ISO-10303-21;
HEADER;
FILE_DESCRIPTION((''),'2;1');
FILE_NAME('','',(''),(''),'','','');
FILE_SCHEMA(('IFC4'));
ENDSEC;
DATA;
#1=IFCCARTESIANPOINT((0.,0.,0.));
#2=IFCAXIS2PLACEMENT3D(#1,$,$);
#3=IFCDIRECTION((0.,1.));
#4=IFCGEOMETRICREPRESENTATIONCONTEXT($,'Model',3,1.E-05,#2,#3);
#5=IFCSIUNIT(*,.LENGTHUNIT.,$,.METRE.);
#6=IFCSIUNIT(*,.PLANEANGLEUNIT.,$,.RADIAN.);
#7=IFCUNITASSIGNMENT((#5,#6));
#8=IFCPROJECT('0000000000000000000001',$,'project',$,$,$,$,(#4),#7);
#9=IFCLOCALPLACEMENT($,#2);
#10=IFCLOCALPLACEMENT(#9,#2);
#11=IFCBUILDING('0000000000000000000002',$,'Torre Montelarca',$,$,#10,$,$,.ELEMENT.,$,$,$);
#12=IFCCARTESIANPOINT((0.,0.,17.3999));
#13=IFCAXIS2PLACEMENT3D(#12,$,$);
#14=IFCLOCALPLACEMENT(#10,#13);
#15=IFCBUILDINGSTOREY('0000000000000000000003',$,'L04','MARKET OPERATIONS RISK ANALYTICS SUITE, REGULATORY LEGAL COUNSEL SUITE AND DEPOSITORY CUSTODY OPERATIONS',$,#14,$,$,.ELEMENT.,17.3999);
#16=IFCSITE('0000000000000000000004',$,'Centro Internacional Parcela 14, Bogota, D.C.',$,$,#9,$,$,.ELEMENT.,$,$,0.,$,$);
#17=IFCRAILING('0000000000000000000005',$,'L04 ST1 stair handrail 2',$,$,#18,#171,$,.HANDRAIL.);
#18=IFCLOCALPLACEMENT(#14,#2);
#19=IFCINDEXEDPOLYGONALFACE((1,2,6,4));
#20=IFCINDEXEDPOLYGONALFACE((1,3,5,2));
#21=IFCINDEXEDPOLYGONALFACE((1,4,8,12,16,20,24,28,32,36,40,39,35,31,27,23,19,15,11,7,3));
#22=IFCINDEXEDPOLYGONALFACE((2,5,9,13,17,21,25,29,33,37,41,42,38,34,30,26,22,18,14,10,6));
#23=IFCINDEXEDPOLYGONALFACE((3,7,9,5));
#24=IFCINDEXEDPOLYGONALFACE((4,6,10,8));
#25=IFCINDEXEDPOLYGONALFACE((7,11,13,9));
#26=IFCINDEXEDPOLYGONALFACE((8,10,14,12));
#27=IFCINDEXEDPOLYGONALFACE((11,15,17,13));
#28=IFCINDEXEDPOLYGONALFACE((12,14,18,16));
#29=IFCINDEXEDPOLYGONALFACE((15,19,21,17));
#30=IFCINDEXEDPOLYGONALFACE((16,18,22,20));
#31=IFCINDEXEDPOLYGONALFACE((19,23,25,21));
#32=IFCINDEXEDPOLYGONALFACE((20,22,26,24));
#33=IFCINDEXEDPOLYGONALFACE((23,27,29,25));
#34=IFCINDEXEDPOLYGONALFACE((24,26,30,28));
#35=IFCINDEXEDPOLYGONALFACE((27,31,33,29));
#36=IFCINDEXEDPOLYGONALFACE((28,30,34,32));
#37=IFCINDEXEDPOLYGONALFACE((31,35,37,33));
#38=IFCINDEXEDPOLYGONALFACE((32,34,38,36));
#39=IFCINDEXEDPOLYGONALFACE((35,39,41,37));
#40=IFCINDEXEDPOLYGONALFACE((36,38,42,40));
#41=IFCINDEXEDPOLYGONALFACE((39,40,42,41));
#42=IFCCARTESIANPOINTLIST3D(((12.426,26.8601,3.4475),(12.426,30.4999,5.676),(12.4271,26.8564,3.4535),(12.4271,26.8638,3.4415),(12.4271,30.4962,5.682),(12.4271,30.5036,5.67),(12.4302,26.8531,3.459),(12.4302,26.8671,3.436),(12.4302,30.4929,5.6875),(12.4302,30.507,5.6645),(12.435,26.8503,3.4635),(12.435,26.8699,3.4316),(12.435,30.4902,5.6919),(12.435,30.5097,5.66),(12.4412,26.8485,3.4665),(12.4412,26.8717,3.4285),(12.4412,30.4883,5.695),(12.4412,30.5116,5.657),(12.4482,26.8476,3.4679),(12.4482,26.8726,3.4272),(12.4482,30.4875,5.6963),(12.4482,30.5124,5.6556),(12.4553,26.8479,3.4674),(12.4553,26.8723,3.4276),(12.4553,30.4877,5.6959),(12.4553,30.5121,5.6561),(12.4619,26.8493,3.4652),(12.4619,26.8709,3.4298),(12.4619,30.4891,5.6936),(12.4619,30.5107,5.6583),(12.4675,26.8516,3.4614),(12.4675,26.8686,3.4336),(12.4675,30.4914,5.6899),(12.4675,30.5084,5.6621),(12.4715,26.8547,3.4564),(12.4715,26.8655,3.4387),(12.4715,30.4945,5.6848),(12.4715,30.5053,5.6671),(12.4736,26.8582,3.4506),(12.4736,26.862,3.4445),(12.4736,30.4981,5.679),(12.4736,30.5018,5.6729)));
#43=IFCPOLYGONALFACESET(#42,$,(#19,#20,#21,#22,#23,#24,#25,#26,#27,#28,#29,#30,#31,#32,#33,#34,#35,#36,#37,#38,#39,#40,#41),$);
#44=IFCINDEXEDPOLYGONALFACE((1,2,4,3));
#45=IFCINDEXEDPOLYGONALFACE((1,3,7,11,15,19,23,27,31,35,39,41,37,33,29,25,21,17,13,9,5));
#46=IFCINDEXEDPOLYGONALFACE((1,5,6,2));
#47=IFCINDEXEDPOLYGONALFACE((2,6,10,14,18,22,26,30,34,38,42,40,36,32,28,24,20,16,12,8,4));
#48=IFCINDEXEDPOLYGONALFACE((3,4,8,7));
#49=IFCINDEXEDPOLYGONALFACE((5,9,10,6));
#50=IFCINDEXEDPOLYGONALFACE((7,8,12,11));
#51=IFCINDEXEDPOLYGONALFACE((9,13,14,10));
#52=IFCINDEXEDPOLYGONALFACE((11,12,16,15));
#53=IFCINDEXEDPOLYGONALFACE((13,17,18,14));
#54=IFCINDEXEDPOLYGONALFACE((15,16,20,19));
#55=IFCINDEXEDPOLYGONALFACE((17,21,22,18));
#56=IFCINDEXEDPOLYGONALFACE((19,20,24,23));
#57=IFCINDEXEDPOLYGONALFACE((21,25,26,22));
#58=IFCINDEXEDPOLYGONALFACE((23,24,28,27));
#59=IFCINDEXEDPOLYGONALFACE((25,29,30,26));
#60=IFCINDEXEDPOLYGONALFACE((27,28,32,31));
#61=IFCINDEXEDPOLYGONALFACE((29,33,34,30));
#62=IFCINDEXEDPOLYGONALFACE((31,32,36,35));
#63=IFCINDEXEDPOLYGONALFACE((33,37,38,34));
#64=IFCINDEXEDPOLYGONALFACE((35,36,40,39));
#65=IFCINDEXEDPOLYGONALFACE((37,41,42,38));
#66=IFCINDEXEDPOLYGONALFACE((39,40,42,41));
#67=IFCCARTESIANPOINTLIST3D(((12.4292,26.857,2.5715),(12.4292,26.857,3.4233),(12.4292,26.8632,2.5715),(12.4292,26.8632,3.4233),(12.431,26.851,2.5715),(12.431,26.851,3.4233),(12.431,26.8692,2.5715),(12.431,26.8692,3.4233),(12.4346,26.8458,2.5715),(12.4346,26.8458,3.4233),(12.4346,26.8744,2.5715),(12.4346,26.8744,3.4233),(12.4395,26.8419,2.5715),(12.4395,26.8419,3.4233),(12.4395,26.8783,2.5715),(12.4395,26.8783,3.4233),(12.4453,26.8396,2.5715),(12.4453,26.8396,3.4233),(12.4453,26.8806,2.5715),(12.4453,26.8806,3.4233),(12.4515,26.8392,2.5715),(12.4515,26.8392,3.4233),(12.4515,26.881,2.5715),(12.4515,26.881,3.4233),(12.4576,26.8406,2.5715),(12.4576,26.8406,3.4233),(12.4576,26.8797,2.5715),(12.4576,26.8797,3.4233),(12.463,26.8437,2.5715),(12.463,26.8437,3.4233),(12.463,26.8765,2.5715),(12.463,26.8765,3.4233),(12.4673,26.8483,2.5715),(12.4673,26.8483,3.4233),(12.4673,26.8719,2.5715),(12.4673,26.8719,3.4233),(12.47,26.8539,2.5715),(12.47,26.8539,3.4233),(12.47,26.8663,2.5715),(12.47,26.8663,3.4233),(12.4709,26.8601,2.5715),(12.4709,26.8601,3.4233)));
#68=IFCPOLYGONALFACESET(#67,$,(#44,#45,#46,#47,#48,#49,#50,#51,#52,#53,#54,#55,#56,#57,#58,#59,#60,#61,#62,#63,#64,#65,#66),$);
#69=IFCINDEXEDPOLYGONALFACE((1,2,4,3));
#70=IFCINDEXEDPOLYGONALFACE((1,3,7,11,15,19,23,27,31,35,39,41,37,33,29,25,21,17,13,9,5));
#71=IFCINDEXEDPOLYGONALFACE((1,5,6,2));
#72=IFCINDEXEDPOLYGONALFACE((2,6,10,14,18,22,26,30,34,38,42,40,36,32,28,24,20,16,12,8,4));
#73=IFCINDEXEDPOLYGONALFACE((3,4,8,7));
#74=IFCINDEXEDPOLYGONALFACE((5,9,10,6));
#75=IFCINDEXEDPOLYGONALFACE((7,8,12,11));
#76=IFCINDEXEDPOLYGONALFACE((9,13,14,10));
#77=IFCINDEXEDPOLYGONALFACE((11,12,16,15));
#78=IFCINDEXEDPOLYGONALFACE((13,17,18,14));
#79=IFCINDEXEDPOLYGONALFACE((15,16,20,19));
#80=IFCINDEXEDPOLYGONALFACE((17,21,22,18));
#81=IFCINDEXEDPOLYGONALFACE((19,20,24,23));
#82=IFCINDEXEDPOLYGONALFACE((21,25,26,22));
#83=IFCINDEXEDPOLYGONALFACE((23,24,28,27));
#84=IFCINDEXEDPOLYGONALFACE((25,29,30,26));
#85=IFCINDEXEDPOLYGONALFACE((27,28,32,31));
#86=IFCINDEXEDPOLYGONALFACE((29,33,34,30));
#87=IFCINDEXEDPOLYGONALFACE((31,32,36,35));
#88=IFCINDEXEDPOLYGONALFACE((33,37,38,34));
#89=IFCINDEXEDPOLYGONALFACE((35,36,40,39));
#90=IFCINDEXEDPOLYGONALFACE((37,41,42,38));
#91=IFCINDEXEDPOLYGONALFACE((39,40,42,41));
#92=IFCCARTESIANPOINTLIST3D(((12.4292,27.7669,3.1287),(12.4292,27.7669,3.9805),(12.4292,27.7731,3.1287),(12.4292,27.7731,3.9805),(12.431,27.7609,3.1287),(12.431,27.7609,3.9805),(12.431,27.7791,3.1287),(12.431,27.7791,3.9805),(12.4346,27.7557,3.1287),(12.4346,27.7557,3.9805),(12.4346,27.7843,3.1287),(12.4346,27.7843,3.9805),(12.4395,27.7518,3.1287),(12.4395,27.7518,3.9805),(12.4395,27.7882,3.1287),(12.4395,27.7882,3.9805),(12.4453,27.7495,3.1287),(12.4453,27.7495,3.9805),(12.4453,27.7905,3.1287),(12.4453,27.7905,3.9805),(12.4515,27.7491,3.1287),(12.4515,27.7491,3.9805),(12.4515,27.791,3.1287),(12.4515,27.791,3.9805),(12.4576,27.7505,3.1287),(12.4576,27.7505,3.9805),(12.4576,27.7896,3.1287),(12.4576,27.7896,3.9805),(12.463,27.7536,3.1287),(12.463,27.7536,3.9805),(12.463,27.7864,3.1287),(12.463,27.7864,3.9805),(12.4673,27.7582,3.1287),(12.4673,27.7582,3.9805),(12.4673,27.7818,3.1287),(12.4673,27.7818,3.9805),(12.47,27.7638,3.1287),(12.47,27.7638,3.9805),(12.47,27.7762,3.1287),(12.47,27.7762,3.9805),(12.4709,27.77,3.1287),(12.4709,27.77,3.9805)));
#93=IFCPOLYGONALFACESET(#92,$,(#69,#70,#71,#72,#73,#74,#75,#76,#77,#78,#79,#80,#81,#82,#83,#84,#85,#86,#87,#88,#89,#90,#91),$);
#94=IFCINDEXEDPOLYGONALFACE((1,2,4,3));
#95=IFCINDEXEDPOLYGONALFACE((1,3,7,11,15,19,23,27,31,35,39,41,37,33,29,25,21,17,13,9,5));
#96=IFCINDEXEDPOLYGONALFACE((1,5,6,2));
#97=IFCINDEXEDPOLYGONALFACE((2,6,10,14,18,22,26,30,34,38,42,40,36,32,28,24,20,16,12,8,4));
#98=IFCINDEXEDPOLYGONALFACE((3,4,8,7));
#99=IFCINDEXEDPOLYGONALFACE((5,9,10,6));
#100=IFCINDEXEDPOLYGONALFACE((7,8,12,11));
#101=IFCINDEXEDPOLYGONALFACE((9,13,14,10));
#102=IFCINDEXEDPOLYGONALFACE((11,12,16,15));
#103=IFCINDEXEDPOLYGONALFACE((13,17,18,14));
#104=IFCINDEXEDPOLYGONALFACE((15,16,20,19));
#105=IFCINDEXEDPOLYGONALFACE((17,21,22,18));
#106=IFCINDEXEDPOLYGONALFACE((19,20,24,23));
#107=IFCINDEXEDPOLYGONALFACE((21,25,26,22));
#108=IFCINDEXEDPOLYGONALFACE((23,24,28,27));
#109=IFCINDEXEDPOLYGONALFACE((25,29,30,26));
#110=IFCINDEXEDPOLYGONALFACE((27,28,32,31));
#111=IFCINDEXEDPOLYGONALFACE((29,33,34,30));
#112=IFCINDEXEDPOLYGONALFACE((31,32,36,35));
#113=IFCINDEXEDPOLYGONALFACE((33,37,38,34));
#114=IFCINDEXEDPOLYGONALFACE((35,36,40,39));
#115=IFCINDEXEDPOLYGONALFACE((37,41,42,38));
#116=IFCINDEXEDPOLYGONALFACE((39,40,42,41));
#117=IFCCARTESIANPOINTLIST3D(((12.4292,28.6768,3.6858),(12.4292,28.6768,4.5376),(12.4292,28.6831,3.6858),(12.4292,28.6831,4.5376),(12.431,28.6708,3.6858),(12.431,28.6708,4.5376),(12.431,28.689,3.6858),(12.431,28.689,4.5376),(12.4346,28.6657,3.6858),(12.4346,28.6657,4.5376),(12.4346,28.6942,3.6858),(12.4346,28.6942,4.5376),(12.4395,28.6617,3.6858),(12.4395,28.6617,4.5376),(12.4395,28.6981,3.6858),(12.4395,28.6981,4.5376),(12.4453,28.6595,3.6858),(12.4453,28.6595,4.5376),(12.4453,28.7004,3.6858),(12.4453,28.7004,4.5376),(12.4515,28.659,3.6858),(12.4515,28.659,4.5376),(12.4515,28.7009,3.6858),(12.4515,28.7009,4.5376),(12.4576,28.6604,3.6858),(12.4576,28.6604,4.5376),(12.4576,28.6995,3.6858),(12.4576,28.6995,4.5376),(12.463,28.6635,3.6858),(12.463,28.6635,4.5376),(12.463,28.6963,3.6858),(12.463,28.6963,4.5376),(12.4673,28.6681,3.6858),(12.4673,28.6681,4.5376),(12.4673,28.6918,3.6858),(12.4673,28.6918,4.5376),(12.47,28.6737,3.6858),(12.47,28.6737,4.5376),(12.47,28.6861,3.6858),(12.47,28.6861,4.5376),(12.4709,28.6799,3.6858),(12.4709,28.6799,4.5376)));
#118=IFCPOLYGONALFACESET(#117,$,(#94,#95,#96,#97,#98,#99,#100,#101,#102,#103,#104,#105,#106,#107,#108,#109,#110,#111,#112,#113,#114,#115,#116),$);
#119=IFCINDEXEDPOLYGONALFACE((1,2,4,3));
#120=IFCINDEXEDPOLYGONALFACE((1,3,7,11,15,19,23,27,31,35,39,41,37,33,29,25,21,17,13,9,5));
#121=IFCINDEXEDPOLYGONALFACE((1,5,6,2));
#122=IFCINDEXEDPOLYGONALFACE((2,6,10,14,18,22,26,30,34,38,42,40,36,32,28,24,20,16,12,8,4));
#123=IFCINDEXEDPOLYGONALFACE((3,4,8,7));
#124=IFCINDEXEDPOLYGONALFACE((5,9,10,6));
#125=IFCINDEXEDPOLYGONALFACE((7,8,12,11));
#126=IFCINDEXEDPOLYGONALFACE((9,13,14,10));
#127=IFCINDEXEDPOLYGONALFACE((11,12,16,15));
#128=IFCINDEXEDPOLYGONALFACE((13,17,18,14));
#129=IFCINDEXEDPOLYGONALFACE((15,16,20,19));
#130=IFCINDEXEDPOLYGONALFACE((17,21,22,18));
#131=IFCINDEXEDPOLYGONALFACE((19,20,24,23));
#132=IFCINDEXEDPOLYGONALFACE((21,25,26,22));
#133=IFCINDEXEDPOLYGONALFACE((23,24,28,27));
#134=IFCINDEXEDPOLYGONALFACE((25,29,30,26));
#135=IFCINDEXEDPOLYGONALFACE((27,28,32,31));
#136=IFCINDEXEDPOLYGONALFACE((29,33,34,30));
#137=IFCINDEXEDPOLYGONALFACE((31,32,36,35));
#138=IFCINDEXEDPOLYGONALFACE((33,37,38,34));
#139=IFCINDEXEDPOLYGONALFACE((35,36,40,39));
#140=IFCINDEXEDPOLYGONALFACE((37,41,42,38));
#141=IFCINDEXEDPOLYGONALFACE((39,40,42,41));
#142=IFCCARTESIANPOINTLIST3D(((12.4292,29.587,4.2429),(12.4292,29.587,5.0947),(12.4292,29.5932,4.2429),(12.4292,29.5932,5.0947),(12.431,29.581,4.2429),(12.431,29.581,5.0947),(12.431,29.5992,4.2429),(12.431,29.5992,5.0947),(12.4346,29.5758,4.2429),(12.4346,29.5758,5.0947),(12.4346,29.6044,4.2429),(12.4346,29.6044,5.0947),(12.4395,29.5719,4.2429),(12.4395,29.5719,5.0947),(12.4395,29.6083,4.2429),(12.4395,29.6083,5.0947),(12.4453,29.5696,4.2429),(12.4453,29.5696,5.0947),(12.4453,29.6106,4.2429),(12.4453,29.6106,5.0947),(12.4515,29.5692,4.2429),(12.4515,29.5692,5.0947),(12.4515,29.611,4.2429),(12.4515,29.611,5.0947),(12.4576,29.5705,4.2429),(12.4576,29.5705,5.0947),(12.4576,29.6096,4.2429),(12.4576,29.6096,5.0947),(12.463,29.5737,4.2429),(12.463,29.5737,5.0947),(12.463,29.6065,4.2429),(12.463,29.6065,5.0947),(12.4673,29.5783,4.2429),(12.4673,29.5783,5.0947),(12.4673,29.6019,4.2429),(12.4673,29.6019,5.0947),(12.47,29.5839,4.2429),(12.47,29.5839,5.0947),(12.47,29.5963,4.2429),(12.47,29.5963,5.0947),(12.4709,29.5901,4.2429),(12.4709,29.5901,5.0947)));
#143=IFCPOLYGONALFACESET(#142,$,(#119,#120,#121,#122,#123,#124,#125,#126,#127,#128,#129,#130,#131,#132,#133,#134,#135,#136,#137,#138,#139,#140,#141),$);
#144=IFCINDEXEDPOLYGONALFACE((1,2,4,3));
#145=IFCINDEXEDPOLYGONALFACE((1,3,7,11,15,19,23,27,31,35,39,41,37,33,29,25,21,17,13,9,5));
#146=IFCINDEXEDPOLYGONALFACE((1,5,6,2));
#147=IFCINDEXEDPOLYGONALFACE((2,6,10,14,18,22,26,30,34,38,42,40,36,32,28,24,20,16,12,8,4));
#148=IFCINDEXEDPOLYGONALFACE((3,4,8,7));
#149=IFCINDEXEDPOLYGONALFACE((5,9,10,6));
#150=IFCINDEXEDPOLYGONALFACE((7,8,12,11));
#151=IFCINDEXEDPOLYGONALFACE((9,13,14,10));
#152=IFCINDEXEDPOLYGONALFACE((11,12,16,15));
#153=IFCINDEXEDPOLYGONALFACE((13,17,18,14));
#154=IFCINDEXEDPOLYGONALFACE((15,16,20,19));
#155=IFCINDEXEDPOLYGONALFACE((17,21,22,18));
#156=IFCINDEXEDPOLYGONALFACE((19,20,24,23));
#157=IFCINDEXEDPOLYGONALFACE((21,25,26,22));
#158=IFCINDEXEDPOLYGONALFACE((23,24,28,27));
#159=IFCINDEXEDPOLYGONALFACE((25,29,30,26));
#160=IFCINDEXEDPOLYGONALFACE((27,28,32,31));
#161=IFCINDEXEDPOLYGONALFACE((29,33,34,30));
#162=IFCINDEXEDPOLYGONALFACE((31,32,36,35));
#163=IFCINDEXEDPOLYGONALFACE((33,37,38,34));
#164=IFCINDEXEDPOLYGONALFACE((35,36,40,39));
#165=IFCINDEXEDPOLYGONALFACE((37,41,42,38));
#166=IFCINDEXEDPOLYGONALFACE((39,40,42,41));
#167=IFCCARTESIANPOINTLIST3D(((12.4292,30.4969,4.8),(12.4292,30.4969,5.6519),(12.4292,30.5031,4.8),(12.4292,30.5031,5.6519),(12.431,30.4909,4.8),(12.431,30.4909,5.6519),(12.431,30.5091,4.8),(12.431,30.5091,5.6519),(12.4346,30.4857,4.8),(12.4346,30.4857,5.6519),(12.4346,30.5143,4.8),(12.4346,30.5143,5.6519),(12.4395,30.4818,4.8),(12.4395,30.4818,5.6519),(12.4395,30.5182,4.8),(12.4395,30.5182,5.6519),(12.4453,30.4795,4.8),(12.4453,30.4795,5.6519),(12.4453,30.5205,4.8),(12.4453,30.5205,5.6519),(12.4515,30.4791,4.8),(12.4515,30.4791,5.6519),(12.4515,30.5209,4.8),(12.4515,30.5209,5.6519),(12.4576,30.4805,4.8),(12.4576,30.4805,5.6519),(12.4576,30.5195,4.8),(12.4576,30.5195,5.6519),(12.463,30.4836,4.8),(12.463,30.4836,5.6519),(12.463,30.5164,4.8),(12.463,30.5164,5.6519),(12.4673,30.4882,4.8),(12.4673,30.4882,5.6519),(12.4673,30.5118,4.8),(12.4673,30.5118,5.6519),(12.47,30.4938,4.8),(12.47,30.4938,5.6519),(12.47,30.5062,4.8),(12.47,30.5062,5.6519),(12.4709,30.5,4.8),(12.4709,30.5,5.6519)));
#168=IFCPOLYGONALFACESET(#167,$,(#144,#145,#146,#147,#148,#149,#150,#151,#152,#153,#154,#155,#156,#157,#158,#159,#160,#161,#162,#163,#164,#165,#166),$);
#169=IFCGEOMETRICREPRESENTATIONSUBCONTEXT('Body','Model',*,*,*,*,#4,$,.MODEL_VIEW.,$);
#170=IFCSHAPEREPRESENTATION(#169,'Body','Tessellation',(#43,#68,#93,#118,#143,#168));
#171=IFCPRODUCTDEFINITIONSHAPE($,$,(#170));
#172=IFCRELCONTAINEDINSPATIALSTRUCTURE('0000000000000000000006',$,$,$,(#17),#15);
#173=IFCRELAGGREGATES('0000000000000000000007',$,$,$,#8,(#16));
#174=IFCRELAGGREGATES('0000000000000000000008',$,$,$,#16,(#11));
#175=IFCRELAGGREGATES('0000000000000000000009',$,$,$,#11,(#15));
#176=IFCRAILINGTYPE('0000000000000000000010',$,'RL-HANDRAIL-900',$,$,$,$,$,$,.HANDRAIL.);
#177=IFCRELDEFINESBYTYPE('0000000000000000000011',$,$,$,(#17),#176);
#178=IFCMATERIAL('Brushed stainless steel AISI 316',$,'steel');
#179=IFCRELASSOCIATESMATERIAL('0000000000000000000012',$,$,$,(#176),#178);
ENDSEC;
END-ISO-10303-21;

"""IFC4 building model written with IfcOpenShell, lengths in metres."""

from ifc_helpers import new_model, si_unit, direction, frame, origin, origin_2d, place, context, subcontext, project, spatial, circle, extrude, material, type_object, element, save


model = new_model("IFC4")

# Units and contexts
model_context = context("Model", 3, precision=1e-05, world=origin(), true_north=direction((0.0, 1.0)))
body_context = subcontext(model_context, "Body", "Model", "MODEL_VIEW")
ifc_project = project(units=[si_unit("LENGTHUNIT", "METRE"), si_unit("PLANEANGLEUNIT", "RADIAN")], contexts=[model_context])

# Site, building, storey
site_placement = place(None, origin())
site = spatial("IfcSite", under=ifc_project, at=site_placement, Name="Centro Internacional Parcela 14, Bogota, D.C.", CompositionType="ELEMENT", RefElevation=0.0)
building_placement = place(site_placement, origin())
building = spatial("IfcBuilding", under=site, at=building_placement, Name="Torre Montelarca", CompositionType="ELEMENT")
storey_placement = place(building_placement, frame((0.0, 0.0, 17.3999)))
storey = spatial("IfcBuildingStorey", under=building, at=storey_placement, Name="L04", Description="MARKET OPERATIONS RISK ANALYTICS SUITE, REGULATORY LEGAL COUNSEL SUITE AND DEPOSITORY CUSTODY OPERATIONS", CompositionType="ELEMENT", Elevation=17.3999)

# Shared definitions
ifc_material_1 = material(Name="Brushed stainless steel AISI 316", Category="steel")

# Railing
railing_type_1 = type_object("IfcRailingType", Name="RL-HANDRAIL-900", PredefinedType="HANDRAIL", material=ifc_material_1)
railing_1_placement = place(storey_placement, frame((12.45, 26.8601, 2.5715)))
element("IfcRailing", 1, at=railing_1_placement, inside=storey, type_object=railing_type_1, Name="L04 ST1 stair handrail 2", PredefinedType="HANDRAIL", context=body_context, shape_type="SweptSolid", body=[
    extrude(circle(Radius=0.0239, at=origin_2d()), frame((0.0, 0.0, 0.876), z_axis=(0.0, 0.85285, 0.522156), x_axis=(-1.0, 0.0, 0.0)), (0.0, 0.0, 1.0), 4.2678),
    extrude(circle(Radius=0.021, at=origin_2d()), origin(), (0.0, 0.0, 1.0), 0.8518),
    extrude(circle(Radius=0.021, at=origin_2d()), frame((0.0, 0.9099, 0.5571)), (0.0, 0.0, 1.0), 0.8518),
    extrude(circle(Radius=0.021, at=origin_2d()), frame((0.0, 1.8198, 1.1143)), (0.0, 0.0, 1.0), 0.8518),
    extrude(circle(Radius=0.021, at=origin_2d()), frame((0.0, 2.73, 1.6714)), (0.0, 0.0, 1.0), 0.8518),
    extrude(circle(Radius=0.021, at=origin_2d()), frame((0.0, 3.6399, 2.2285)), (0.0, 0.0, 1.0), 0.8518),
])

save(model, "model.ifc")
